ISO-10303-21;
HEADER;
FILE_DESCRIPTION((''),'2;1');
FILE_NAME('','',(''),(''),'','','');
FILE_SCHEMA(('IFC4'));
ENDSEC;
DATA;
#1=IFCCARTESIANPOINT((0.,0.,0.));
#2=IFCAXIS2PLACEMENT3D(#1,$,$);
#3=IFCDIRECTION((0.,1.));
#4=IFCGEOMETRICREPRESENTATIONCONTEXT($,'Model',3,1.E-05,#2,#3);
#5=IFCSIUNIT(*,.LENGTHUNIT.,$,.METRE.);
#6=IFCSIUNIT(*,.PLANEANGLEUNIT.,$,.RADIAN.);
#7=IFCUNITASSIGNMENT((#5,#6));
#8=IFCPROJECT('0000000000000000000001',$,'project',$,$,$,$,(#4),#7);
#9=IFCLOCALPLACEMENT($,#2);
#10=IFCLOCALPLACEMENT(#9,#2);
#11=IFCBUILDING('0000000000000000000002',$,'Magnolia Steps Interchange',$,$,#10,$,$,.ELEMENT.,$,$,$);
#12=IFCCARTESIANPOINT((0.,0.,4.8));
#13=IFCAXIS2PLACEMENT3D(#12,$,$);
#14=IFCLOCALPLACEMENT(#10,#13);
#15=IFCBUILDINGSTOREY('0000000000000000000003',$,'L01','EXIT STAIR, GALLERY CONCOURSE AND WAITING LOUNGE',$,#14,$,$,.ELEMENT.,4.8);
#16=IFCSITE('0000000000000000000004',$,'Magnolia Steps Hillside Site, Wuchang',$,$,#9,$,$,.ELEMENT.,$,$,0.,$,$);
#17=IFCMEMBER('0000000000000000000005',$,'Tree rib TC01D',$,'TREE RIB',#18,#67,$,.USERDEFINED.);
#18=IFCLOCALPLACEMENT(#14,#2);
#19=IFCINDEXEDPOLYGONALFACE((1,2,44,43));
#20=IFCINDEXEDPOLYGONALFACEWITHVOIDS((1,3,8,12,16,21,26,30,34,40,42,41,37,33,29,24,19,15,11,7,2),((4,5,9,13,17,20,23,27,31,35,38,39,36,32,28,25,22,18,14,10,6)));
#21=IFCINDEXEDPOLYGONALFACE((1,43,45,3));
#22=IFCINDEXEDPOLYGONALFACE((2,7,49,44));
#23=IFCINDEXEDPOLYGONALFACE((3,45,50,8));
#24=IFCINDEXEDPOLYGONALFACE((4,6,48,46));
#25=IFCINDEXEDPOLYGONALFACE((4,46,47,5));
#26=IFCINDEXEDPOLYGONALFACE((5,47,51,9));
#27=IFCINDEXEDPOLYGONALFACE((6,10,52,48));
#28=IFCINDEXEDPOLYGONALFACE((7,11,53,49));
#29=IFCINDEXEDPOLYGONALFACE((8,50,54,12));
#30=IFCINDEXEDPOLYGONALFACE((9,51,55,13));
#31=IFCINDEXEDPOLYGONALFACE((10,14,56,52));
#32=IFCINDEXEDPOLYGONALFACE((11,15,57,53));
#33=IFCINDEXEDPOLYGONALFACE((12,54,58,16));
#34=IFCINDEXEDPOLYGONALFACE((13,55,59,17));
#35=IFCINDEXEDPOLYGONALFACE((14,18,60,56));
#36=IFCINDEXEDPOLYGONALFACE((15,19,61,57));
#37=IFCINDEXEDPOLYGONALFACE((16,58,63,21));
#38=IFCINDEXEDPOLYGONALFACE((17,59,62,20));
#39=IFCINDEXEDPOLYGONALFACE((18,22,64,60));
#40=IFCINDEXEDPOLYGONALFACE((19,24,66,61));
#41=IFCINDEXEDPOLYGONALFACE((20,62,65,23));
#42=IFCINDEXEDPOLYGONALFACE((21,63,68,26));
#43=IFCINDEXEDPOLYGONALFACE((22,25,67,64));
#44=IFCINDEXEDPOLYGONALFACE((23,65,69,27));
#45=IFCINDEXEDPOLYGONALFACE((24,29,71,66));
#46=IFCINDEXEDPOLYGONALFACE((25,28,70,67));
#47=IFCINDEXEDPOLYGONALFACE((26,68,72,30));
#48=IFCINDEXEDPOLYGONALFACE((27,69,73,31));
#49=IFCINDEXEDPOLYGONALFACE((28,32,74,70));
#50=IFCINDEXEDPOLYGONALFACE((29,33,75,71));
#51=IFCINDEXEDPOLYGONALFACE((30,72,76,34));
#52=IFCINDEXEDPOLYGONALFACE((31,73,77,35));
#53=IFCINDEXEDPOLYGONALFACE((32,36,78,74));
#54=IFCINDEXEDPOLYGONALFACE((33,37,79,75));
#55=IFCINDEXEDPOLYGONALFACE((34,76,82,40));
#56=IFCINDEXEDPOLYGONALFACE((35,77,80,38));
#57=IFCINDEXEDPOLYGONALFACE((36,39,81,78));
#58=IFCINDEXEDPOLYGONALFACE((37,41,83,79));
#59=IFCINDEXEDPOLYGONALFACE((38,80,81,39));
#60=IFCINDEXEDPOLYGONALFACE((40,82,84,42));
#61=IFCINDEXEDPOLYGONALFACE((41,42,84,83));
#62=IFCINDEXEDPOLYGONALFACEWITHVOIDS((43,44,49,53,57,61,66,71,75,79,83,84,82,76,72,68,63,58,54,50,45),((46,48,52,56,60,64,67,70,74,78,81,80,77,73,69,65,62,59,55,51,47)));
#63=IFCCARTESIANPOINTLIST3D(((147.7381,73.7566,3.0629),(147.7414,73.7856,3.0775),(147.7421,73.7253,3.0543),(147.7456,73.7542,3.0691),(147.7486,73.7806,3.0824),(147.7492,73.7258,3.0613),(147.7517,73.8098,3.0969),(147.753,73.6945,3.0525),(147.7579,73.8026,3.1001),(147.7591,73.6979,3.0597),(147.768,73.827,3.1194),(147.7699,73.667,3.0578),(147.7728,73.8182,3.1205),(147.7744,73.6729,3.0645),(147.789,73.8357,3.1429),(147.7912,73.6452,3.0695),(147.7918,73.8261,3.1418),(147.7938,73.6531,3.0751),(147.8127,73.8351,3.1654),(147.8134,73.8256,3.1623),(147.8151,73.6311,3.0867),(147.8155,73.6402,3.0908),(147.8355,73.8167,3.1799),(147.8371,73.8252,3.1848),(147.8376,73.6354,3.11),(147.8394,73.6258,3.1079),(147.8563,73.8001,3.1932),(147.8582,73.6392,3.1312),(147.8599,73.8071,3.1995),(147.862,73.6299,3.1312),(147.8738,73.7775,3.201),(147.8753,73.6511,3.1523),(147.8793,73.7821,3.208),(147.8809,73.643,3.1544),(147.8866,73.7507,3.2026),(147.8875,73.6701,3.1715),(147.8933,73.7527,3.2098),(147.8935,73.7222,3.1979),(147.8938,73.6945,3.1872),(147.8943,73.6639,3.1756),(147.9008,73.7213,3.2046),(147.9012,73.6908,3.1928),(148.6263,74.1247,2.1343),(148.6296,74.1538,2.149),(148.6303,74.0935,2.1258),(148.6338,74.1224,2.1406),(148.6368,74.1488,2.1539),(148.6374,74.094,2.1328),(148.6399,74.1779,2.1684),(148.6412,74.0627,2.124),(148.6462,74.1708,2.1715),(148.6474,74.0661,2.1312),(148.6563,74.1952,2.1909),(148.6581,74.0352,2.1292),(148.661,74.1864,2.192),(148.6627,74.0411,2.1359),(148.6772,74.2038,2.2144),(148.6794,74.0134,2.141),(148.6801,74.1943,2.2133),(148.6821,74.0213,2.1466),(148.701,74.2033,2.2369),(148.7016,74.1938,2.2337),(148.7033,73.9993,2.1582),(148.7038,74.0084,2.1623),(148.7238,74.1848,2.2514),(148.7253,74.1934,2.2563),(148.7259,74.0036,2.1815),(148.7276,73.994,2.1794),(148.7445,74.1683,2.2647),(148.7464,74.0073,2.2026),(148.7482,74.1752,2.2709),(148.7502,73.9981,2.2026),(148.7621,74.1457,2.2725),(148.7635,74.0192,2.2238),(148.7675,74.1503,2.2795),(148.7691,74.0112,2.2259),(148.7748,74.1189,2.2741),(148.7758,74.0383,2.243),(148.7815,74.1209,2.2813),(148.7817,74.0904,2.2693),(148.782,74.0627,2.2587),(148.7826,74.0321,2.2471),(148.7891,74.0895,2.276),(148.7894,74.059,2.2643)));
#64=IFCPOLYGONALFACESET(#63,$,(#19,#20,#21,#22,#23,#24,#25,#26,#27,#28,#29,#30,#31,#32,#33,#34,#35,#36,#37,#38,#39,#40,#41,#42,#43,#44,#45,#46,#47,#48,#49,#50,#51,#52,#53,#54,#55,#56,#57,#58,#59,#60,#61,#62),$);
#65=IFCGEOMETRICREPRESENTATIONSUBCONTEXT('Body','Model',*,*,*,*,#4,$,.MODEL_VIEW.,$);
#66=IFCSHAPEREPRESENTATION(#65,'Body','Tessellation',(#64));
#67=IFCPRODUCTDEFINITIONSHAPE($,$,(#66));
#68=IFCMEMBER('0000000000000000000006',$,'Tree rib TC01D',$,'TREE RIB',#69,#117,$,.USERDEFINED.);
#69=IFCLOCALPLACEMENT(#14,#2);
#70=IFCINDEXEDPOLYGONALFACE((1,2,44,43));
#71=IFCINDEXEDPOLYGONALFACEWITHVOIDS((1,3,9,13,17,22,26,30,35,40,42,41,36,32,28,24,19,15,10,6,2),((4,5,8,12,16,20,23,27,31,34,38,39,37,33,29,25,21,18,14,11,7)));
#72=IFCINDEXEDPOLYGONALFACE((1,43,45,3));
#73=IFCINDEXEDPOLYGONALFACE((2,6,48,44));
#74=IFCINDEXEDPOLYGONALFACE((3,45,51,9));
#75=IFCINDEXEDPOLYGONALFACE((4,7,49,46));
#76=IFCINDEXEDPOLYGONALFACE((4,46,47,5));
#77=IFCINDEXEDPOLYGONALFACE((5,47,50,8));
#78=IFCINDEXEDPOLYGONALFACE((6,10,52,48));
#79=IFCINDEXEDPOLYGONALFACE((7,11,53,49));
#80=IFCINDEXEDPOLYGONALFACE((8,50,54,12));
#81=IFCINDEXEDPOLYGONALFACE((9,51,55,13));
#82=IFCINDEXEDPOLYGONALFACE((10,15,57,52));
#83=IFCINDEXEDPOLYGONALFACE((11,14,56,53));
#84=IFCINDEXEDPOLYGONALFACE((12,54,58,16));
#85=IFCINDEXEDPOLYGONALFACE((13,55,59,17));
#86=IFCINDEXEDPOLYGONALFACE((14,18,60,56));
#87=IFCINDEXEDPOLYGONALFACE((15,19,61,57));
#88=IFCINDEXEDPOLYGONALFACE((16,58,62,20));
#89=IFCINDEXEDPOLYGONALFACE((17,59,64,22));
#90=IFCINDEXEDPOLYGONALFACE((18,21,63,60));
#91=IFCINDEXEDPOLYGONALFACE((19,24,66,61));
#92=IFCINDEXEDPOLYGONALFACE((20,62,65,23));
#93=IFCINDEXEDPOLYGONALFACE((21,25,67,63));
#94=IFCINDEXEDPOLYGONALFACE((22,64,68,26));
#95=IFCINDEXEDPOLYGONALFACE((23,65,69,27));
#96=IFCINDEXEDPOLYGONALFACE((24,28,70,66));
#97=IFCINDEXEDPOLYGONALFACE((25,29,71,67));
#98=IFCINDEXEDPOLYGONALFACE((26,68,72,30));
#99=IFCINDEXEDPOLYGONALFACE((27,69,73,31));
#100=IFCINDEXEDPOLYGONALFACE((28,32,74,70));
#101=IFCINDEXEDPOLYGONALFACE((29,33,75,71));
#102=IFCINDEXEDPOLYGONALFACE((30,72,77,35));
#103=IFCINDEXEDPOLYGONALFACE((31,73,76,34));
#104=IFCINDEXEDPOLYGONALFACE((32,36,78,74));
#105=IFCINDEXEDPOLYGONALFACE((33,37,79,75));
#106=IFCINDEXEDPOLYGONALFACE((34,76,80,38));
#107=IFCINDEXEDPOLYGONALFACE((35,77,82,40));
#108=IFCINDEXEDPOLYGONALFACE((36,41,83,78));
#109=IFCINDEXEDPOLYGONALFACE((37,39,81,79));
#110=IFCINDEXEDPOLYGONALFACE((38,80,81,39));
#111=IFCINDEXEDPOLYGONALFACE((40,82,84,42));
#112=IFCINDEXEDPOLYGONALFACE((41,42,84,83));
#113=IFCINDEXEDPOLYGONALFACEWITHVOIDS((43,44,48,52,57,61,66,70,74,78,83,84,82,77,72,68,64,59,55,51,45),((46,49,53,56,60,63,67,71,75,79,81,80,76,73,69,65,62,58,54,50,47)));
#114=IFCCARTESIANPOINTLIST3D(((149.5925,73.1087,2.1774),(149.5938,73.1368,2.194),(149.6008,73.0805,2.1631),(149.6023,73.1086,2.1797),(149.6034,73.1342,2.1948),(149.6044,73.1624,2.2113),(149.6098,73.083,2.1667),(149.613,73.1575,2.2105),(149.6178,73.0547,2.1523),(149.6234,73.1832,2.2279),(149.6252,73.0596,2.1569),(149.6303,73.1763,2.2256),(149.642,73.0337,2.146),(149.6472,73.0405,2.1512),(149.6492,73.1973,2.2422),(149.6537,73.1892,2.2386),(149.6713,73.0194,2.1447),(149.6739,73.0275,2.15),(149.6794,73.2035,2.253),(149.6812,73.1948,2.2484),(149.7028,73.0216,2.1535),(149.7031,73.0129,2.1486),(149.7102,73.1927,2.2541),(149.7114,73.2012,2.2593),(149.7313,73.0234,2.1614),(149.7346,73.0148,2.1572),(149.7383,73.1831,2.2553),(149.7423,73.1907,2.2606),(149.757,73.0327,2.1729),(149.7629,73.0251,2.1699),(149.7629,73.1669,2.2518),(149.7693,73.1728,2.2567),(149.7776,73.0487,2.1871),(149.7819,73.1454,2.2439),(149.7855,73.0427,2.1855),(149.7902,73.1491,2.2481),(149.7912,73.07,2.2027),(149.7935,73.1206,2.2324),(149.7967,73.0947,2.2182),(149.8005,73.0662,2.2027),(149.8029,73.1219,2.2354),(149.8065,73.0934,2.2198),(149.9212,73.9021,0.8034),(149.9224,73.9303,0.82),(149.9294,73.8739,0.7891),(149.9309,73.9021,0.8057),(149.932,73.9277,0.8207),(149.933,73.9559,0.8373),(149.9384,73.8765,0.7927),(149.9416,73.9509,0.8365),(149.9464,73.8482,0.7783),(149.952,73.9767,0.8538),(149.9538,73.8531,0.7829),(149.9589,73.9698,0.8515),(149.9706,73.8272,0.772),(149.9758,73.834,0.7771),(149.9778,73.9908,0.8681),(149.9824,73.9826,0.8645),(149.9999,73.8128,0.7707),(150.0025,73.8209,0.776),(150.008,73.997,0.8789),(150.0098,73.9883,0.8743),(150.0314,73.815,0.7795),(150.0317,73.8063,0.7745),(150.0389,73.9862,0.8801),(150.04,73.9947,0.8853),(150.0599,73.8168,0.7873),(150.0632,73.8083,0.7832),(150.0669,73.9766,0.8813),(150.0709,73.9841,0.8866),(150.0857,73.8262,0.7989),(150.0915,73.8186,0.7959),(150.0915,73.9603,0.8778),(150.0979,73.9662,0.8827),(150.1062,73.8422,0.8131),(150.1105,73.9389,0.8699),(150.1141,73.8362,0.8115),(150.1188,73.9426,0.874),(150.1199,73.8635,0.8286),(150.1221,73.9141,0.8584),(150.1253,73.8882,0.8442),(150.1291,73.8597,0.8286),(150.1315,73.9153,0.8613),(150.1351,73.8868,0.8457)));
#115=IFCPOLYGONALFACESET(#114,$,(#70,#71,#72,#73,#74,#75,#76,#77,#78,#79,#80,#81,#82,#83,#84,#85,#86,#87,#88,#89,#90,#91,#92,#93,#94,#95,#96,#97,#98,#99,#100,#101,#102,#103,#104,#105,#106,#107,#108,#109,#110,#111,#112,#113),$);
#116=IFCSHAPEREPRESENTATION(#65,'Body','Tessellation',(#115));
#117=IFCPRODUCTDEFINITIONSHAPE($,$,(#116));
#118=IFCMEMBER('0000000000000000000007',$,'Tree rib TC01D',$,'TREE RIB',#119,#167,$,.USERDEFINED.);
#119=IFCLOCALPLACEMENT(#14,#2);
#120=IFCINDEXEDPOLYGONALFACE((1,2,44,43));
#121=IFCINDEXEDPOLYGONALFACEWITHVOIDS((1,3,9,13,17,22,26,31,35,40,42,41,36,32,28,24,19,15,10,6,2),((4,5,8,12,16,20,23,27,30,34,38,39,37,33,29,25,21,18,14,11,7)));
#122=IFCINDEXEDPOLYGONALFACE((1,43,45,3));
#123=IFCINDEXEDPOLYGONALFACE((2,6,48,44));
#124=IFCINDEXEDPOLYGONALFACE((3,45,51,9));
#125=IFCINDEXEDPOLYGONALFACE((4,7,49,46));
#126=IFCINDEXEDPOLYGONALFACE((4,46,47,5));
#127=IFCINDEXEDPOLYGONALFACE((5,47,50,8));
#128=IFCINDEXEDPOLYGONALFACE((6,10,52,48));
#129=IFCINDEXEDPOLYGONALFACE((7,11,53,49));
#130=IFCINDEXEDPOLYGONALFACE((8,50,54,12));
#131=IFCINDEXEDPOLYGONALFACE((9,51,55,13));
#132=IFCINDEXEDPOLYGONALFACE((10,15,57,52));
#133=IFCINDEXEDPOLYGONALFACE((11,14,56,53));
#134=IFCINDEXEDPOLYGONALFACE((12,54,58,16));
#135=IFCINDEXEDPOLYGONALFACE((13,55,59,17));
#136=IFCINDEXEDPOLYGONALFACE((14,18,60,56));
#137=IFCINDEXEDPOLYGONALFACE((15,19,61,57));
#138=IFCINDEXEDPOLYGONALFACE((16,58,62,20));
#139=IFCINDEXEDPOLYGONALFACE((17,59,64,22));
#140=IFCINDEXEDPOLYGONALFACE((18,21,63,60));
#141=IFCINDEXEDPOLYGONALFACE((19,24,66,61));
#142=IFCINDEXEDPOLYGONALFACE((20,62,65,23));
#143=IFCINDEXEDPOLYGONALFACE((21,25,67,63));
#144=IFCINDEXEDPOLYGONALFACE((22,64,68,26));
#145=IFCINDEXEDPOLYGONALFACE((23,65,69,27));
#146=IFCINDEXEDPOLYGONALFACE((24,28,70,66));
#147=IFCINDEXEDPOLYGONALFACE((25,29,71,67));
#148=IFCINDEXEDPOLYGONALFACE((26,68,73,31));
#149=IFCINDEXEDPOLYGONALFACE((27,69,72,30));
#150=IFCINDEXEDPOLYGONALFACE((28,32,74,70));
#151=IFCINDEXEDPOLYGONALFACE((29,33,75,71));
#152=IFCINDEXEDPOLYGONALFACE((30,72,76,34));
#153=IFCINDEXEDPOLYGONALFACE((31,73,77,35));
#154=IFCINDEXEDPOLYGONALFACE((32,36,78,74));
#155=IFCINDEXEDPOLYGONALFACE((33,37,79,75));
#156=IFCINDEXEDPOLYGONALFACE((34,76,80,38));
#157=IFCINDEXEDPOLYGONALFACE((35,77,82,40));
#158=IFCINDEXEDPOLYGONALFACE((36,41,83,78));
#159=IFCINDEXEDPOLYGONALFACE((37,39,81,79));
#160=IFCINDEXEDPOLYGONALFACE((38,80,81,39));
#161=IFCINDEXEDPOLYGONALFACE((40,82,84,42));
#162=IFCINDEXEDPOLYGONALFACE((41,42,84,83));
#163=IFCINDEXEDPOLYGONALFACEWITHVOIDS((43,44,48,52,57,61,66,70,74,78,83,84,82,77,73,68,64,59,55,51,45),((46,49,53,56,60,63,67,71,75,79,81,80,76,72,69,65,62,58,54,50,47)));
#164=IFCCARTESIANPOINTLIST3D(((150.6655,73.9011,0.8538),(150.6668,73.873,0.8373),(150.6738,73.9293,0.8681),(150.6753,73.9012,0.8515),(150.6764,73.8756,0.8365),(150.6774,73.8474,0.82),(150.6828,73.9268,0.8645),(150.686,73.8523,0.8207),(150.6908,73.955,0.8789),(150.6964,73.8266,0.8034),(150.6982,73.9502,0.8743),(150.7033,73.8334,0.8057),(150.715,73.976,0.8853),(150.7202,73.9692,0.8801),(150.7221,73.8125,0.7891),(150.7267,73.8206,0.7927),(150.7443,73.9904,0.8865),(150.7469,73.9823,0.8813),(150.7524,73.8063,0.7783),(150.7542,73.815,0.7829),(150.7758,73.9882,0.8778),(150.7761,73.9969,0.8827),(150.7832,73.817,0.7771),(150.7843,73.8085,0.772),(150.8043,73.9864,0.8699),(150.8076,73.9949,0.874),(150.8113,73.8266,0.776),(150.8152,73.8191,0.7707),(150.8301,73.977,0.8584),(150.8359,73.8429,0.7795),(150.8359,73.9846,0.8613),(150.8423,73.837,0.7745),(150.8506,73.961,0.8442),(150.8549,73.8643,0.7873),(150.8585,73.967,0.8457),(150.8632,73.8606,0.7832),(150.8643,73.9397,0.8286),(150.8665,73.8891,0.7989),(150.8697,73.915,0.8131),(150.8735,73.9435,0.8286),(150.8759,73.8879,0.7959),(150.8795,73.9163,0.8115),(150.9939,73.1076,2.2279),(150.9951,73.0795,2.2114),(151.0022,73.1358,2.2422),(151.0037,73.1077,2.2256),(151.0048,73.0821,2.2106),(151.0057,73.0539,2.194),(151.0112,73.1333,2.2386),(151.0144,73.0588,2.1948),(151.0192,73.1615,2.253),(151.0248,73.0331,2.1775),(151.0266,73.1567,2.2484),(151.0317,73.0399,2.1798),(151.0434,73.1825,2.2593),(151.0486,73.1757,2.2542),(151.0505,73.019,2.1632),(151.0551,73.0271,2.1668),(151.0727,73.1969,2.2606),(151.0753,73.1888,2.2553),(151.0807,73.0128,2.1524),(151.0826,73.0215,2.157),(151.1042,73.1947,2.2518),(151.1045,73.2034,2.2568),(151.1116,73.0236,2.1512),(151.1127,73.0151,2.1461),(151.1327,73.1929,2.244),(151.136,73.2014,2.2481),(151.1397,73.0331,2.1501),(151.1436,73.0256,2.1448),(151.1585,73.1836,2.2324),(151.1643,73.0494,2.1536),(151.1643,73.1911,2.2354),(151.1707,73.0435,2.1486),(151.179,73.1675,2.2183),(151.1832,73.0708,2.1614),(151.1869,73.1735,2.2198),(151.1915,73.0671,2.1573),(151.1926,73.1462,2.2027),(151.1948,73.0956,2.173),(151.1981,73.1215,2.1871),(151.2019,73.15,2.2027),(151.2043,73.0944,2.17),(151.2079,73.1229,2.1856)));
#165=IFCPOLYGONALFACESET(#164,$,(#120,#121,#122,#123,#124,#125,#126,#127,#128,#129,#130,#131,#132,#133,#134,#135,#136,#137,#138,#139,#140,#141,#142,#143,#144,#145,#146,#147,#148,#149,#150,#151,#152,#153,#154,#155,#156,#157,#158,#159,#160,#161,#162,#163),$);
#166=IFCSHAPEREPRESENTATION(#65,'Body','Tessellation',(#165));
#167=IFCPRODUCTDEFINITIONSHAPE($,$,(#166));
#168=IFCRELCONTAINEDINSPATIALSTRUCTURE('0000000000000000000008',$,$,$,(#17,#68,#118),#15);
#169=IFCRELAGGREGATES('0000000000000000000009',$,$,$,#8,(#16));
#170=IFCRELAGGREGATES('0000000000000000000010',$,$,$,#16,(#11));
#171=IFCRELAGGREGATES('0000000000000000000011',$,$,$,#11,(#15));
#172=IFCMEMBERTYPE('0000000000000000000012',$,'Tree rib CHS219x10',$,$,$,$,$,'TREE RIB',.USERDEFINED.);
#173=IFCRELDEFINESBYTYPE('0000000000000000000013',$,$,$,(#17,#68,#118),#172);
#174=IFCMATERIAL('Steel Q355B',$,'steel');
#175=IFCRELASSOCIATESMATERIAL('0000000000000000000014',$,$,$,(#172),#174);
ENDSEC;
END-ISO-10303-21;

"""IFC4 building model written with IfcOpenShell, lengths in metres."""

from ifc_helpers import new_model, si_unit, direction, frame, origin, origin_2d, place, context, subcontext, project, spatial, hollow_circle, extrude, material, material_profile, profile_set, type_object, element, save


model = new_model("IFC4")

# Units and contexts
model_context = context("Model", 3, precision=1e-05, world=origin(), true_north=direction((0.0, 1.0)))
body_context = subcontext(model_context, "Body", "Model", "MODEL_VIEW")
ifc_project = project(units=[si_unit("LENGTHUNIT", "METRE"), si_unit("PLANEANGLEUNIT", "RADIAN")], contexts=[model_context])

# Site, building, storey
site_placement = place(None, origin())
site = spatial("IfcSite", under=ifc_project, at=site_placement, Name="Magnolia Steps Hillside Site, Wuchang", CompositionType="ELEMENT", RefElevation=0.0)
building_placement = place(site_placement, origin())
building = spatial("IfcBuilding", under=site, at=building_placement, Name="Magnolia Steps Interchange", CompositionType="ELEMENT")
storey_placement = place(building_placement, frame((0.0, 0.0, 4.8)))
storey = spatial("IfcBuildingStorey", under=building, at=storey_placement, Name="L01", Description="EXIT STAIR, GALLERY CONCOURSE AND WAITING LOUNGE", CompositionType="ELEMENT", Elevation=4.8)

# Members
ifc_material_1 = material(Name="Steel Q355B", Category="steel")
ifc_material_profile_1 = material_profile(ifc_material_1, hollow_circle(Radius=0.1096, WallThickness=0.01, at=origin_2d()), Name="CHS219x10")
ifc_profile_set_1 = profile_set([ifc_material_profile_1], Name="Steel Q355B")
member_type = type_object("IfcMemberType", Name="Tree rib CHS219x10", ElementType="TREE RIB", PredefinedType="USERDEFINED", material=ifc_profile_set_1)
member_1_placement = place(storey_placement, frame((148.7083, 74.0994, 2.2026), z_axis=(-0.664516, -0.275451, 0.694655), x_axis=(0.38292, -0.923782, 0.0)))
element("IfcMember", 1, at=member_1_placement, inside=storey, type_object=member_type, Name="Tree rib TC01D", ObjectType="TREE RIB", PredefinedType="USERDEFINED", context=body_context, shape_type="SweptSolid", body=[
    extrude(hollow_circle(Radius=0.1096, WallThickness=0.01, at=origin_2d()), origin(), (0.0, 0.0, 1.0), 1.3367),
])
for number, where, z_axis, x_axis, name in (
    (2, (150.0278, 73.9016, 0.8286), (-0.202805, -0.489686, 0.847985), (0.923899, -0.382636, 0.0), "Tree rib TC01D"),
    (3, (150.7722, 73.9016, 0.8286), (0.202661, -0.489701, 0.848011), (0.924, 0.382394, 0.0), "Tree rib TC01D"),
):
    element("IfcMember", number, at=place(storey_placement, frame(where, z_axis=z_axis, x_axis=x_axis)), inside=storey, type_object=member_type, Name=name, ObjectType="TREE RIB", PredefinedType="USERDEFINED", context=body_context, shape_type="SweptSolid", body=[
        extrude(hollow_circle(Radius=0.1096, WallThickness=0.01, at=origin_2d()), origin(), (0.0, 0.0, 1.0), 1.6204),
    ])

save(model, "model.ifc")
